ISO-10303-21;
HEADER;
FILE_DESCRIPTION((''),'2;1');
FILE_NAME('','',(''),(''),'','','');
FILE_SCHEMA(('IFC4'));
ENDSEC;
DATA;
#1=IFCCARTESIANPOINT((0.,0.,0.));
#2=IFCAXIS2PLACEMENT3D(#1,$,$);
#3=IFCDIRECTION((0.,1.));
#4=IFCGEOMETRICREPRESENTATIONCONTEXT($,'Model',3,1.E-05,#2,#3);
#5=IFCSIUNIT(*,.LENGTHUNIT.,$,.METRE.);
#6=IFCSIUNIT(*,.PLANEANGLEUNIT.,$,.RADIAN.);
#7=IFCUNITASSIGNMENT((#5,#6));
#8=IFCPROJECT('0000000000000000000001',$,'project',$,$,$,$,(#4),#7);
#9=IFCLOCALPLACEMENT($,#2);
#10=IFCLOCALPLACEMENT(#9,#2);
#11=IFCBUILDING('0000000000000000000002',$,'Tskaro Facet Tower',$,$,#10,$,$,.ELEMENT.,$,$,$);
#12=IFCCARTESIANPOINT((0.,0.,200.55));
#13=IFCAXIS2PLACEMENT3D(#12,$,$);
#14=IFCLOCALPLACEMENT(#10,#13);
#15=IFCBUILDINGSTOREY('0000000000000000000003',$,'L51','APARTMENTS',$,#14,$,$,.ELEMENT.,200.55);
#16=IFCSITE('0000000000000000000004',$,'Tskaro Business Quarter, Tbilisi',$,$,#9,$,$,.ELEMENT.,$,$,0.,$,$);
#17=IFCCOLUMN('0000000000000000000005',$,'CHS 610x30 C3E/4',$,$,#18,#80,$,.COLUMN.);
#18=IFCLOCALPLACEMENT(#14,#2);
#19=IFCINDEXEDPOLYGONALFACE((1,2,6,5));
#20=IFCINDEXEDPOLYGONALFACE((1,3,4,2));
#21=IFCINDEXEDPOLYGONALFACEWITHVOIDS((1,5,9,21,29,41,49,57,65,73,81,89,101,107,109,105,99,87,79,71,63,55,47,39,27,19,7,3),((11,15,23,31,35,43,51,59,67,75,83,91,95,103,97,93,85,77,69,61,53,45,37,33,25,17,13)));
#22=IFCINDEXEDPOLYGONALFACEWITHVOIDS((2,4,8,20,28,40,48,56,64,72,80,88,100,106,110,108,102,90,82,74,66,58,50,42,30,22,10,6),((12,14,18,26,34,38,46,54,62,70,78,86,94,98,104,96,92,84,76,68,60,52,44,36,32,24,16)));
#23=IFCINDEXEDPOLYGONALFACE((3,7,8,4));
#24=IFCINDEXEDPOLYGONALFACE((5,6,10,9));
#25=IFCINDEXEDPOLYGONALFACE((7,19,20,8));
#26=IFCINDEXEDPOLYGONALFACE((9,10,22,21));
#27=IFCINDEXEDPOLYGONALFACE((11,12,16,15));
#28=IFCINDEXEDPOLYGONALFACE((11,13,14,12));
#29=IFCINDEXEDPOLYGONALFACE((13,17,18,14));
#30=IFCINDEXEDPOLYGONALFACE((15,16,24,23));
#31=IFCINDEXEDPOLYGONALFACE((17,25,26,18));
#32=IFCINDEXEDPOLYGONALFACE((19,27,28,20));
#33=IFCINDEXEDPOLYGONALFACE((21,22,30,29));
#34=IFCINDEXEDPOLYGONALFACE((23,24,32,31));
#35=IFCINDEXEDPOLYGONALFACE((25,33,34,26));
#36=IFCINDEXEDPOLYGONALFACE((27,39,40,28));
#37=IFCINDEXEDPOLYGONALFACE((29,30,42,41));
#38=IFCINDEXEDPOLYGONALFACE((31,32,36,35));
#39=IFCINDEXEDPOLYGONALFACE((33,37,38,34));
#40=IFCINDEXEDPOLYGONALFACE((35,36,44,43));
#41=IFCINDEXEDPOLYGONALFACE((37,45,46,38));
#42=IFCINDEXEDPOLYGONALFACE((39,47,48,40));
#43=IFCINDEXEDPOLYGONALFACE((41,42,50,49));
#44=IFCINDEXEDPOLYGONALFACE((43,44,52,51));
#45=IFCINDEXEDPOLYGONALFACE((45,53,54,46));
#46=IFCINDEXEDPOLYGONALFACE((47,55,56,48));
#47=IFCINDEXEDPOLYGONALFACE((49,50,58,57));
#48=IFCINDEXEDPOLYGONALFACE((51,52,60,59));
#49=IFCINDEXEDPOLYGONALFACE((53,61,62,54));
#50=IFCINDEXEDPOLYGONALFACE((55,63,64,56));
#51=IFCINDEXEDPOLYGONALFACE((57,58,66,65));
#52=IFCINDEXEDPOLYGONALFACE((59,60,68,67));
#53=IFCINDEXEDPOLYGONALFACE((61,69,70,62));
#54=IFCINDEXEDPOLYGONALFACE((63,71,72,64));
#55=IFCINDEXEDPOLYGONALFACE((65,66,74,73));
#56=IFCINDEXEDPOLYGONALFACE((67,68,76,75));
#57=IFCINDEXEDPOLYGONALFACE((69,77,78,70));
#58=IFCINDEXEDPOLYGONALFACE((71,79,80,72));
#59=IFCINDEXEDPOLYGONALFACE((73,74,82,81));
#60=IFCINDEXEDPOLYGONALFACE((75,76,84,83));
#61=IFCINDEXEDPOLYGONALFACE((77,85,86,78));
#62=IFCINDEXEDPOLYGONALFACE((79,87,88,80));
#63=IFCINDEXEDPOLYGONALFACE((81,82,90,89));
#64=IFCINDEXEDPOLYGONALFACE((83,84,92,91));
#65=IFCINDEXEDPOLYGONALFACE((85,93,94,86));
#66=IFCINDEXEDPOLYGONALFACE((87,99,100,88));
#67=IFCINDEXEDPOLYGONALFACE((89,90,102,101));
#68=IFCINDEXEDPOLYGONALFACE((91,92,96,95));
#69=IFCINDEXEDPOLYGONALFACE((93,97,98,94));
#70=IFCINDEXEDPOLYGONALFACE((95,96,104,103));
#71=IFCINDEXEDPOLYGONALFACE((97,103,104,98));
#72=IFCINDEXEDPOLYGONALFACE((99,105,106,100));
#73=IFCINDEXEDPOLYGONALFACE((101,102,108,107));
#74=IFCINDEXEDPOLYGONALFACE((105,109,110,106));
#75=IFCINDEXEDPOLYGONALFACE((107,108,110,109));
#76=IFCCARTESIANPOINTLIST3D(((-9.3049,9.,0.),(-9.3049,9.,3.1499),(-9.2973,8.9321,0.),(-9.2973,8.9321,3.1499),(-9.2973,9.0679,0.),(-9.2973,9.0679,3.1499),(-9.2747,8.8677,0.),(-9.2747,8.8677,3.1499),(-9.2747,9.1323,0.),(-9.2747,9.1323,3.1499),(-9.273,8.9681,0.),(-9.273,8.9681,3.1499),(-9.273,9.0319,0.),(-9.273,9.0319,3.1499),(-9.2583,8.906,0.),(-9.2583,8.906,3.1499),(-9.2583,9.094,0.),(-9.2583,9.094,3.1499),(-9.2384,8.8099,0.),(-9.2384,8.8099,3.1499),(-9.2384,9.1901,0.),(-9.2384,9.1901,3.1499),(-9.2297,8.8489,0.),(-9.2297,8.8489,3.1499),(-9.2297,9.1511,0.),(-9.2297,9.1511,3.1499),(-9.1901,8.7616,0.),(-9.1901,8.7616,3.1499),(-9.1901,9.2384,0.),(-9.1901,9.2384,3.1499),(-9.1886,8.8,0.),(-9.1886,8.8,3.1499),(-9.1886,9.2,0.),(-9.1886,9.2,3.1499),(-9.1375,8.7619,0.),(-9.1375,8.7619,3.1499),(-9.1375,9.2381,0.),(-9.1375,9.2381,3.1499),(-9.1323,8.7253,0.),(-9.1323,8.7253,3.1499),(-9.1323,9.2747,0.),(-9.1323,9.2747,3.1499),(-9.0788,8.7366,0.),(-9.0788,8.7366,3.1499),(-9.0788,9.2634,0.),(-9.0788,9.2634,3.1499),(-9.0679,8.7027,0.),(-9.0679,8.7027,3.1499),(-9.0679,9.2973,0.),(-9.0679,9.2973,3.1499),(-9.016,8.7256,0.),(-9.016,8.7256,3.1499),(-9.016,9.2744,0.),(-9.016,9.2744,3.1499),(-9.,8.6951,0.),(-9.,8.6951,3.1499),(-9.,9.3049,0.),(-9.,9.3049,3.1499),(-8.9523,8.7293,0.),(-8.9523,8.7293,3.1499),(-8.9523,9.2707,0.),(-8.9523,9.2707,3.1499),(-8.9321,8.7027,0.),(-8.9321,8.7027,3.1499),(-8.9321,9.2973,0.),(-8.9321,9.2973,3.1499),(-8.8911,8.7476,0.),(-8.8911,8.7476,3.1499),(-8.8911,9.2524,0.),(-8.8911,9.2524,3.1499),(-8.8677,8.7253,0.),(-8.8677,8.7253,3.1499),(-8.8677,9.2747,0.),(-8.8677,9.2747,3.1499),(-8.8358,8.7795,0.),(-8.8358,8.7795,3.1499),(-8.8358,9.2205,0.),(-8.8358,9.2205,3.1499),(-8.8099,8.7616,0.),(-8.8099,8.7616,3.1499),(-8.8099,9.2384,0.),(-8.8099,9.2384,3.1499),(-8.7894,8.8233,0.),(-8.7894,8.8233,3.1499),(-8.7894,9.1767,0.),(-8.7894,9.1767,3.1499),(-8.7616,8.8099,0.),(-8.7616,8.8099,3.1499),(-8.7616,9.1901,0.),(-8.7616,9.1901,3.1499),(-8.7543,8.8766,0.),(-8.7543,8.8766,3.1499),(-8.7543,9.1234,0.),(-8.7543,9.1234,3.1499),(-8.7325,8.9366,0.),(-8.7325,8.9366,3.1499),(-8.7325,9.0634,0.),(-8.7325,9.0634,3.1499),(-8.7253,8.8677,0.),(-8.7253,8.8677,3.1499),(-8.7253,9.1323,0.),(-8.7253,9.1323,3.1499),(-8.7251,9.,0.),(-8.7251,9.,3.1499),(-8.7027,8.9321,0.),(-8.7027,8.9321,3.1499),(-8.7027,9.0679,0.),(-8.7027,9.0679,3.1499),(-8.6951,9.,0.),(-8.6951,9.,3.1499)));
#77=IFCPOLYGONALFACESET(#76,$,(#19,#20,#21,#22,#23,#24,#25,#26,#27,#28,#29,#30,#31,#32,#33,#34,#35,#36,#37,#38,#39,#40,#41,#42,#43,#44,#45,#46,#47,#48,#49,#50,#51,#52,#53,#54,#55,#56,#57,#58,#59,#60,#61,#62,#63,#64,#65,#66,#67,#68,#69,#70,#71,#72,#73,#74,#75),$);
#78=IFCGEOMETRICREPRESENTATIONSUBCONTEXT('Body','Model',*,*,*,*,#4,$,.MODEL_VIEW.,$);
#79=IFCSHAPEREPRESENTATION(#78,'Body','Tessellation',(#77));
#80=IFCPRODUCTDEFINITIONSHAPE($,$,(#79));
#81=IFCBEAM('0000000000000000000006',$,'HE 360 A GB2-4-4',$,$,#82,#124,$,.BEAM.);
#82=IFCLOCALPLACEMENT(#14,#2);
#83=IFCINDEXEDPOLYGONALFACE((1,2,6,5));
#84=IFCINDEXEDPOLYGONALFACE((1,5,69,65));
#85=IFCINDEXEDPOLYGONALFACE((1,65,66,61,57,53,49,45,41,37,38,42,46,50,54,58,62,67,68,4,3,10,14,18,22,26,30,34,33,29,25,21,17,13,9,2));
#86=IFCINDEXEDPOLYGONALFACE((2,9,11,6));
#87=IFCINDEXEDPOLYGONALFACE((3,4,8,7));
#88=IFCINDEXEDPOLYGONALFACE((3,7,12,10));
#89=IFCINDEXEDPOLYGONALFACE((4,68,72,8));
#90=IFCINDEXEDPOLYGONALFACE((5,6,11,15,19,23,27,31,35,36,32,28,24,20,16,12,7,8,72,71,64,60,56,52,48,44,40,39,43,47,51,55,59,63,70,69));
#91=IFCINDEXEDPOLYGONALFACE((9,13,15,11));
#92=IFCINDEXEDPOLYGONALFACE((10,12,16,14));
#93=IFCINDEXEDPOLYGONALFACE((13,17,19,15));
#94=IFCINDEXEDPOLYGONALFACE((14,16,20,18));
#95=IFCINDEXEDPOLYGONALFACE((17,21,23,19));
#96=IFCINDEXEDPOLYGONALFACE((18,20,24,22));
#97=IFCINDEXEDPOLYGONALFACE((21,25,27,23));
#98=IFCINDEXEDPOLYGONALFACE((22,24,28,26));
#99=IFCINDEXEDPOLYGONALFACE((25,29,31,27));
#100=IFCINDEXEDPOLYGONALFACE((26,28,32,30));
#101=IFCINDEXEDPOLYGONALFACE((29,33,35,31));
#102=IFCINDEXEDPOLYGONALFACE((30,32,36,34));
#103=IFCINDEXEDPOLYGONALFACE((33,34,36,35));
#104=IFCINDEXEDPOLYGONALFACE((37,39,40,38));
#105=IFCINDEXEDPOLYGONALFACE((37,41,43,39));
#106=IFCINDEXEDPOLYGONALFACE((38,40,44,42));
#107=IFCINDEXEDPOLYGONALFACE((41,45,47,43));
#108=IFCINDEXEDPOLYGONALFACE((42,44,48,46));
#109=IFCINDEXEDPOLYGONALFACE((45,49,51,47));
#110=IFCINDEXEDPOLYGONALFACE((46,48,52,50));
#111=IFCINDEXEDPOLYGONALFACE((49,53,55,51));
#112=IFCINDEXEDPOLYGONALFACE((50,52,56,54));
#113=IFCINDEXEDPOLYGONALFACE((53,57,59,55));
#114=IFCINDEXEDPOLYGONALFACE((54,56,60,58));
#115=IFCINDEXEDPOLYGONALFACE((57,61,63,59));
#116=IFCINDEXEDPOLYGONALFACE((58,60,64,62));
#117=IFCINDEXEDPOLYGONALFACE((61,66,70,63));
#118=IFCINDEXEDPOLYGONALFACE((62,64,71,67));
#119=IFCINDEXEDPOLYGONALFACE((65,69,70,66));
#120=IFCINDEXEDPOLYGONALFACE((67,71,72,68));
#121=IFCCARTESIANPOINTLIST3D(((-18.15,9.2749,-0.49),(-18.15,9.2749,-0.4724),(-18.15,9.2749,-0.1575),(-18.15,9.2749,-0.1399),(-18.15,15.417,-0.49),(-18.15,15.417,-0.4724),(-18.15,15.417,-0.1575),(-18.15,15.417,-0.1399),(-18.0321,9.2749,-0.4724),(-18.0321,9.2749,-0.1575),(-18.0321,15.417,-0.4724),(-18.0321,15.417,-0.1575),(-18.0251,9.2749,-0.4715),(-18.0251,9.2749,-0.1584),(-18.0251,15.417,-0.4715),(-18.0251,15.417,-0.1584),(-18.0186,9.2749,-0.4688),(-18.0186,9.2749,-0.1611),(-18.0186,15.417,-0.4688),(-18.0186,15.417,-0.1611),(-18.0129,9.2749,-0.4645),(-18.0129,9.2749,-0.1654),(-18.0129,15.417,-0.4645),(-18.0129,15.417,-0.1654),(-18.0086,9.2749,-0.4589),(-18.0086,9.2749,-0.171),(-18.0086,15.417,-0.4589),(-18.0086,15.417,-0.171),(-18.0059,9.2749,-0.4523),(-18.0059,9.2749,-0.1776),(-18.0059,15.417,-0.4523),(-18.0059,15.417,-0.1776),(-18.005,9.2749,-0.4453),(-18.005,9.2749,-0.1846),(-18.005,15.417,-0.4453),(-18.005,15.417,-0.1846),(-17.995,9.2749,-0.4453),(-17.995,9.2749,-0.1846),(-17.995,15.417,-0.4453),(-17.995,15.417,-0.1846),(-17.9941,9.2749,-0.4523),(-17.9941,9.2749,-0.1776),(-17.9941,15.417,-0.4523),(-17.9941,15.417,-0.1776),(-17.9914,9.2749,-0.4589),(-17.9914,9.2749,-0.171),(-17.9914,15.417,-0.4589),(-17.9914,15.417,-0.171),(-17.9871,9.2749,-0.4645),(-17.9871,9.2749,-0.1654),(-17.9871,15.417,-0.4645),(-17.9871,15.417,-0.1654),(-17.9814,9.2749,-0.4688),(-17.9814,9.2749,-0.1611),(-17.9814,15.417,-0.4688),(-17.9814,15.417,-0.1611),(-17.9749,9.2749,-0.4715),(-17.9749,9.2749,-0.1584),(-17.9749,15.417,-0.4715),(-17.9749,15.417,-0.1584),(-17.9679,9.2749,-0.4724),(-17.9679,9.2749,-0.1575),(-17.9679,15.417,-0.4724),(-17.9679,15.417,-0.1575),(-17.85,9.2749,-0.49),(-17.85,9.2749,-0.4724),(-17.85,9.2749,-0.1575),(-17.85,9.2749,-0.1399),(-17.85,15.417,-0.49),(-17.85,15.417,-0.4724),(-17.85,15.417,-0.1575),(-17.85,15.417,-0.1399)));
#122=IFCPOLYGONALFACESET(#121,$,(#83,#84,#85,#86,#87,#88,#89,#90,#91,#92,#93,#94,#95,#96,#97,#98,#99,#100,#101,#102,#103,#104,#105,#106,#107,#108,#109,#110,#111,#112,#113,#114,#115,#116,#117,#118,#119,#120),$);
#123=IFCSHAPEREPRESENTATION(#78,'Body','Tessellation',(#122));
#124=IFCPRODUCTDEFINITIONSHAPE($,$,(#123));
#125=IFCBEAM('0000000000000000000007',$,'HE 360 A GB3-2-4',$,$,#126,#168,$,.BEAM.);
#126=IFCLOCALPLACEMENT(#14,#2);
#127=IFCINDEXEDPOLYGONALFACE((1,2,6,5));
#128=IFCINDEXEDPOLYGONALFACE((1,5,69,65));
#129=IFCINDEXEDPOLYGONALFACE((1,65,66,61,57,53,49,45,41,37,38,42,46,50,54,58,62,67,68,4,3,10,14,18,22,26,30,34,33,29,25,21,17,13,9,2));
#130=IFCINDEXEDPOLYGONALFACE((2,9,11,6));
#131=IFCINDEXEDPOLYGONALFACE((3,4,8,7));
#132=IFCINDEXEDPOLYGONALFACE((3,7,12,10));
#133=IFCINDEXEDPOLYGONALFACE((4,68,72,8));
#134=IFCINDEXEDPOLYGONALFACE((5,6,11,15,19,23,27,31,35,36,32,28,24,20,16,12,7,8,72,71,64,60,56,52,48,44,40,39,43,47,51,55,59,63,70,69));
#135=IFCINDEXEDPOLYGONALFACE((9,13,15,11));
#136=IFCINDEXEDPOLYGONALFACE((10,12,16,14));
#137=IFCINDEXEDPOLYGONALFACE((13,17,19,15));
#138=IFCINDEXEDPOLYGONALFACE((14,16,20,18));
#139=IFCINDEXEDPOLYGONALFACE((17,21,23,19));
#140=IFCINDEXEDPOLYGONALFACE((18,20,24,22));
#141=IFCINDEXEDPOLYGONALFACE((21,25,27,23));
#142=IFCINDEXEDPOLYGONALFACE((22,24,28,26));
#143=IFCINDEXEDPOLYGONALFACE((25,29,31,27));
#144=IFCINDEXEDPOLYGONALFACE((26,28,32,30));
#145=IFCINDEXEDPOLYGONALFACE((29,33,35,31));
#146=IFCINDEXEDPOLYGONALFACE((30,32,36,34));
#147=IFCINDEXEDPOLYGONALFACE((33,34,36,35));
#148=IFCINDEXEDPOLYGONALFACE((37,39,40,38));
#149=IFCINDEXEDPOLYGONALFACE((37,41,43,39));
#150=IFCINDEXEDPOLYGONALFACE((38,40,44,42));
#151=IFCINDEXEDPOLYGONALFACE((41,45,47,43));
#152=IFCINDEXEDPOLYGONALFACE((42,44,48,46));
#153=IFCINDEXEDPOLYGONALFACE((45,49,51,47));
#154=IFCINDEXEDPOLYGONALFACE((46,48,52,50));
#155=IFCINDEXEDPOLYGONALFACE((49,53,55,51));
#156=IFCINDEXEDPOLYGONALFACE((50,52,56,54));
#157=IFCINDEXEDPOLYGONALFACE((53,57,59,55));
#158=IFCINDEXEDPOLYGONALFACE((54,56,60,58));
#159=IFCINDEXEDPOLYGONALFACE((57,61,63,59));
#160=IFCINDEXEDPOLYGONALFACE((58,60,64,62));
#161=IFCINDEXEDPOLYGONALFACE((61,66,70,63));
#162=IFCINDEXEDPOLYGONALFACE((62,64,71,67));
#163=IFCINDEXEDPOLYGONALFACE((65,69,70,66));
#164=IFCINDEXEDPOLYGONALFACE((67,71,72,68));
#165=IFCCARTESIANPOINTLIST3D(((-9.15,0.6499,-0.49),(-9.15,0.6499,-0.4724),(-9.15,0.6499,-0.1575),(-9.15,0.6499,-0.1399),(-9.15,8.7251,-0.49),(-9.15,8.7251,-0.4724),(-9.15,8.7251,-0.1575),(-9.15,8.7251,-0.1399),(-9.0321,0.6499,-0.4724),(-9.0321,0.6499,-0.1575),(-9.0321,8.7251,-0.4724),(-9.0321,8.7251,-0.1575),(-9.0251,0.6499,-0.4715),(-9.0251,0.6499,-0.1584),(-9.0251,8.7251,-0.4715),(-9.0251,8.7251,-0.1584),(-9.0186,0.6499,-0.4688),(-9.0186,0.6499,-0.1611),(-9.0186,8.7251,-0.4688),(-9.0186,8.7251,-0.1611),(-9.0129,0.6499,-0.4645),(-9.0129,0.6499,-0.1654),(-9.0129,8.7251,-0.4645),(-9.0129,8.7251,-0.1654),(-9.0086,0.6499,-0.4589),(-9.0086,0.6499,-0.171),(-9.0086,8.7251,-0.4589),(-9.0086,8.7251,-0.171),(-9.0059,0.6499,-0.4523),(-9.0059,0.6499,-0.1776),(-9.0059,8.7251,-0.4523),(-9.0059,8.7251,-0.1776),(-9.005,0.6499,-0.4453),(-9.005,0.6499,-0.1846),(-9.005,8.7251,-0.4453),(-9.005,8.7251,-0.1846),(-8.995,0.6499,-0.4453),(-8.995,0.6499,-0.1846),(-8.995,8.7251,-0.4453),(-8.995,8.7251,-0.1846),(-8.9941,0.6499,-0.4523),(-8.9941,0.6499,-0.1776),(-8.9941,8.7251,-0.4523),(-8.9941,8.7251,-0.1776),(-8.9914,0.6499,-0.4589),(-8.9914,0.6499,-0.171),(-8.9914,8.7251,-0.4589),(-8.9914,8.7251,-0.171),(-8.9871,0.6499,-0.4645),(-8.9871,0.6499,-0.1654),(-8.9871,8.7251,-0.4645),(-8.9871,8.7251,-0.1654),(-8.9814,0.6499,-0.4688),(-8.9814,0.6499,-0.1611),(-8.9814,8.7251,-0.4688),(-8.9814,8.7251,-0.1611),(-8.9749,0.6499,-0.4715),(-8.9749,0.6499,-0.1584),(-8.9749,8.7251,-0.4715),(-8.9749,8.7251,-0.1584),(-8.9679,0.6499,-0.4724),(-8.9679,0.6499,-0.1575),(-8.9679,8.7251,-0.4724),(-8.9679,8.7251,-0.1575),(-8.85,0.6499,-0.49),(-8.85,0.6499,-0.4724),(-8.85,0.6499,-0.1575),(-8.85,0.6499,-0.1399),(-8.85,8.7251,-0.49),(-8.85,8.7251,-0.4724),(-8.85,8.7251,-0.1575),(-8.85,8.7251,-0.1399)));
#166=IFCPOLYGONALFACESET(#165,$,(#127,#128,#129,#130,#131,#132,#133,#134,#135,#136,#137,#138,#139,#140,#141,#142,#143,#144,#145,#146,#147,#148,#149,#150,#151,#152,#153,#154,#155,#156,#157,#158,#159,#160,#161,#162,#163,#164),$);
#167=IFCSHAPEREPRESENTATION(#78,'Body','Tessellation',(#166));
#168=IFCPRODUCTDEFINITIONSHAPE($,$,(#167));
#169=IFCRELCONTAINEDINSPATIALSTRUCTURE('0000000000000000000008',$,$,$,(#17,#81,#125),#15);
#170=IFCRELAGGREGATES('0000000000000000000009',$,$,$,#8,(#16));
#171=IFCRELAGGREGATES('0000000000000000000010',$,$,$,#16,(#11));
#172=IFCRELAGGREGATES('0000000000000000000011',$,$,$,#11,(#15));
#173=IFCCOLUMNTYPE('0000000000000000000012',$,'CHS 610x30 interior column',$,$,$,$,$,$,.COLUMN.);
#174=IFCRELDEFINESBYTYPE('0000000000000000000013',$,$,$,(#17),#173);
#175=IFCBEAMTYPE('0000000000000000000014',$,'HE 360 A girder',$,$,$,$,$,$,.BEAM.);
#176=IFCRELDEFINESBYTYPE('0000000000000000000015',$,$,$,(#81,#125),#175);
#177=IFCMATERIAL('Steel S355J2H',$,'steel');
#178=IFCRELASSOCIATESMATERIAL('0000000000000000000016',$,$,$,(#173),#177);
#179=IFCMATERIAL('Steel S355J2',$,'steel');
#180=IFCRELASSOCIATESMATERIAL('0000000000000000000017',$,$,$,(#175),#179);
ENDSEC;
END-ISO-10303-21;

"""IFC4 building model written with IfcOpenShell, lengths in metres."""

from ifc_helpers import new_model, si_unit, direction, frame, origin, origin_2d, place, context, subcontext, project, spatial, hollow_circle, i_section, extrude, material, material_profile, profile_set, type_object, element, save


model = new_model("IFC4")

# Units and contexts
model_context = context("Model", 3, precision=1e-05, world=origin(), true_north=direction((0.0, 1.0)))
body_context = subcontext(model_context, "Body", "Model", "MODEL_VIEW")
ifc_project = project(units=[si_unit("LENGTHUNIT", "METRE"), si_unit("PLANEANGLEUNIT", "RADIAN")], contexts=[model_context])

# Site, building, storey
site_placement = place(None, origin())
site = spatial("IfcSite", under=ifc_project, at=site_placement, Name="Tskaro Business Quarter, Tbilisi", CompositionType="ELEMENT", RefElevation=0.0)
building_placement = place(site_placement, origin())
building = spatial("IfcBuilding", under=site, at=building_placement, Name="Tskaro Facet Tower", CompositionType="ELEMENT")
storey_placement = place(building_placement, frame((0.0, 0.0, 200.55)))
storey = spatial("IfcBuildingStorey", under=building, at=storey_placement, Name="L51", Description="APARTMENTS", CompositionType="ELEMENT", Elevation=200.55)

# Column
ifc_material_1 = material(Name="Steel S355J2H", Category="steel")
ifc_material_profile_1 = material_profile(ifc_material_1, hollow_circle(Radius=0.3049, WallThickness=0.03, at=origin_2d()), Name="CHS 610x30")
ifc_profile_set_1 = profile_set([ifc_material_profile_1], Name="Steel S355J2H")
column_type = type_object("IfcColumnType", Name="CHS 610x30 interior column", PredefinedType="COLUMN", material=ifc_profile_set_1)
column_placement = place(storey_placement, frame((-9.0, 9.0, 0.0), z_axis=(0.0, 0.0, 1.0), x_axis=(1.0, 0.0, 0.0)))
element("IfcColumn", 1, at=column_placement, inside=storey, type_object=column_type, Name="CHS 610x30 C3E/4", PredefinedType="COLUMN", context=body_context, shape_type="SweptSolid", body=[
    extrude(hollow_circle(Radius=0.3049, WallThickness=0.03, at=origin_2d()), origin(), (0.0, 0.0, 1.0), 3.1499),
])

# Beams
ifc_material_2 = material(Name="Steel S355J2", Category="steel")
ifc_material_profile_2 = material_profile(ifc_material_2, i_section(OverallWidth=0.3, OverallDepth=0.3501, WebThickness=0.01, FlangeThickness=0.0176, FilletRadius=0.0271, at=origin_2d()), Name="HE 360 A")
ifc_profile_set_2 = profile_set([ifc_material_profile_2], Name="Steel S355J2")
beam_type_1 = type_object("IfcBeamType", Name="HE 360 A girder", PredefinedType="BEAM", material=ifc_profile_set_2)
beam_1_placement = place(storey_placement, frame((-18.0, 9.2749, -0.3149), z_axis=(0.0, 1.0, 0.0), x_axis=(-1.0, 0.0, 0.0)))
element("IfcBeam", 2, at=beam_1_placement, inside=storey, type_object=beam_type_1, Name="HE 360 A GB2-4-4", PredefinedType="BEAM", context=body_context, shape_type="SweptSolid", body=[
    extrude(i_section(OverallWidth=0.3, OverallDepth=0.3501, WebThickness=0.01, FlangeThickness=0.0176, FilletRadius=0.0271, at=origin_2d()), origin(), (0.0, 0.0, 1.0), 6.1421),
])
beam_2_placement = place(storey_placement, frame((-9.0, 0.6499, -0.3149), z_axis=(0.0, 1.0, 0.0), x_axis=(-1.0, 0.0, 0.0)))
element("IfcBeam", 3, at=beam_2_placement, inside=storey, type_object=beam_type_1, Name="HE 360 A GB3-2-4", PredefinedType="BEAM", context=body_context, shape_type="SweptSolid", body=[
    extrude(i_section(OverallWidth=0.3, OverallDepth=0.3501, WebThickness=0.01, FlangeThickness=0.0176, FilletRadius=0.0271, at=origin_2d()), origin(), (0.0, 0.0, 1.0), 8.0752),
])

save(model, "model.ifc")
